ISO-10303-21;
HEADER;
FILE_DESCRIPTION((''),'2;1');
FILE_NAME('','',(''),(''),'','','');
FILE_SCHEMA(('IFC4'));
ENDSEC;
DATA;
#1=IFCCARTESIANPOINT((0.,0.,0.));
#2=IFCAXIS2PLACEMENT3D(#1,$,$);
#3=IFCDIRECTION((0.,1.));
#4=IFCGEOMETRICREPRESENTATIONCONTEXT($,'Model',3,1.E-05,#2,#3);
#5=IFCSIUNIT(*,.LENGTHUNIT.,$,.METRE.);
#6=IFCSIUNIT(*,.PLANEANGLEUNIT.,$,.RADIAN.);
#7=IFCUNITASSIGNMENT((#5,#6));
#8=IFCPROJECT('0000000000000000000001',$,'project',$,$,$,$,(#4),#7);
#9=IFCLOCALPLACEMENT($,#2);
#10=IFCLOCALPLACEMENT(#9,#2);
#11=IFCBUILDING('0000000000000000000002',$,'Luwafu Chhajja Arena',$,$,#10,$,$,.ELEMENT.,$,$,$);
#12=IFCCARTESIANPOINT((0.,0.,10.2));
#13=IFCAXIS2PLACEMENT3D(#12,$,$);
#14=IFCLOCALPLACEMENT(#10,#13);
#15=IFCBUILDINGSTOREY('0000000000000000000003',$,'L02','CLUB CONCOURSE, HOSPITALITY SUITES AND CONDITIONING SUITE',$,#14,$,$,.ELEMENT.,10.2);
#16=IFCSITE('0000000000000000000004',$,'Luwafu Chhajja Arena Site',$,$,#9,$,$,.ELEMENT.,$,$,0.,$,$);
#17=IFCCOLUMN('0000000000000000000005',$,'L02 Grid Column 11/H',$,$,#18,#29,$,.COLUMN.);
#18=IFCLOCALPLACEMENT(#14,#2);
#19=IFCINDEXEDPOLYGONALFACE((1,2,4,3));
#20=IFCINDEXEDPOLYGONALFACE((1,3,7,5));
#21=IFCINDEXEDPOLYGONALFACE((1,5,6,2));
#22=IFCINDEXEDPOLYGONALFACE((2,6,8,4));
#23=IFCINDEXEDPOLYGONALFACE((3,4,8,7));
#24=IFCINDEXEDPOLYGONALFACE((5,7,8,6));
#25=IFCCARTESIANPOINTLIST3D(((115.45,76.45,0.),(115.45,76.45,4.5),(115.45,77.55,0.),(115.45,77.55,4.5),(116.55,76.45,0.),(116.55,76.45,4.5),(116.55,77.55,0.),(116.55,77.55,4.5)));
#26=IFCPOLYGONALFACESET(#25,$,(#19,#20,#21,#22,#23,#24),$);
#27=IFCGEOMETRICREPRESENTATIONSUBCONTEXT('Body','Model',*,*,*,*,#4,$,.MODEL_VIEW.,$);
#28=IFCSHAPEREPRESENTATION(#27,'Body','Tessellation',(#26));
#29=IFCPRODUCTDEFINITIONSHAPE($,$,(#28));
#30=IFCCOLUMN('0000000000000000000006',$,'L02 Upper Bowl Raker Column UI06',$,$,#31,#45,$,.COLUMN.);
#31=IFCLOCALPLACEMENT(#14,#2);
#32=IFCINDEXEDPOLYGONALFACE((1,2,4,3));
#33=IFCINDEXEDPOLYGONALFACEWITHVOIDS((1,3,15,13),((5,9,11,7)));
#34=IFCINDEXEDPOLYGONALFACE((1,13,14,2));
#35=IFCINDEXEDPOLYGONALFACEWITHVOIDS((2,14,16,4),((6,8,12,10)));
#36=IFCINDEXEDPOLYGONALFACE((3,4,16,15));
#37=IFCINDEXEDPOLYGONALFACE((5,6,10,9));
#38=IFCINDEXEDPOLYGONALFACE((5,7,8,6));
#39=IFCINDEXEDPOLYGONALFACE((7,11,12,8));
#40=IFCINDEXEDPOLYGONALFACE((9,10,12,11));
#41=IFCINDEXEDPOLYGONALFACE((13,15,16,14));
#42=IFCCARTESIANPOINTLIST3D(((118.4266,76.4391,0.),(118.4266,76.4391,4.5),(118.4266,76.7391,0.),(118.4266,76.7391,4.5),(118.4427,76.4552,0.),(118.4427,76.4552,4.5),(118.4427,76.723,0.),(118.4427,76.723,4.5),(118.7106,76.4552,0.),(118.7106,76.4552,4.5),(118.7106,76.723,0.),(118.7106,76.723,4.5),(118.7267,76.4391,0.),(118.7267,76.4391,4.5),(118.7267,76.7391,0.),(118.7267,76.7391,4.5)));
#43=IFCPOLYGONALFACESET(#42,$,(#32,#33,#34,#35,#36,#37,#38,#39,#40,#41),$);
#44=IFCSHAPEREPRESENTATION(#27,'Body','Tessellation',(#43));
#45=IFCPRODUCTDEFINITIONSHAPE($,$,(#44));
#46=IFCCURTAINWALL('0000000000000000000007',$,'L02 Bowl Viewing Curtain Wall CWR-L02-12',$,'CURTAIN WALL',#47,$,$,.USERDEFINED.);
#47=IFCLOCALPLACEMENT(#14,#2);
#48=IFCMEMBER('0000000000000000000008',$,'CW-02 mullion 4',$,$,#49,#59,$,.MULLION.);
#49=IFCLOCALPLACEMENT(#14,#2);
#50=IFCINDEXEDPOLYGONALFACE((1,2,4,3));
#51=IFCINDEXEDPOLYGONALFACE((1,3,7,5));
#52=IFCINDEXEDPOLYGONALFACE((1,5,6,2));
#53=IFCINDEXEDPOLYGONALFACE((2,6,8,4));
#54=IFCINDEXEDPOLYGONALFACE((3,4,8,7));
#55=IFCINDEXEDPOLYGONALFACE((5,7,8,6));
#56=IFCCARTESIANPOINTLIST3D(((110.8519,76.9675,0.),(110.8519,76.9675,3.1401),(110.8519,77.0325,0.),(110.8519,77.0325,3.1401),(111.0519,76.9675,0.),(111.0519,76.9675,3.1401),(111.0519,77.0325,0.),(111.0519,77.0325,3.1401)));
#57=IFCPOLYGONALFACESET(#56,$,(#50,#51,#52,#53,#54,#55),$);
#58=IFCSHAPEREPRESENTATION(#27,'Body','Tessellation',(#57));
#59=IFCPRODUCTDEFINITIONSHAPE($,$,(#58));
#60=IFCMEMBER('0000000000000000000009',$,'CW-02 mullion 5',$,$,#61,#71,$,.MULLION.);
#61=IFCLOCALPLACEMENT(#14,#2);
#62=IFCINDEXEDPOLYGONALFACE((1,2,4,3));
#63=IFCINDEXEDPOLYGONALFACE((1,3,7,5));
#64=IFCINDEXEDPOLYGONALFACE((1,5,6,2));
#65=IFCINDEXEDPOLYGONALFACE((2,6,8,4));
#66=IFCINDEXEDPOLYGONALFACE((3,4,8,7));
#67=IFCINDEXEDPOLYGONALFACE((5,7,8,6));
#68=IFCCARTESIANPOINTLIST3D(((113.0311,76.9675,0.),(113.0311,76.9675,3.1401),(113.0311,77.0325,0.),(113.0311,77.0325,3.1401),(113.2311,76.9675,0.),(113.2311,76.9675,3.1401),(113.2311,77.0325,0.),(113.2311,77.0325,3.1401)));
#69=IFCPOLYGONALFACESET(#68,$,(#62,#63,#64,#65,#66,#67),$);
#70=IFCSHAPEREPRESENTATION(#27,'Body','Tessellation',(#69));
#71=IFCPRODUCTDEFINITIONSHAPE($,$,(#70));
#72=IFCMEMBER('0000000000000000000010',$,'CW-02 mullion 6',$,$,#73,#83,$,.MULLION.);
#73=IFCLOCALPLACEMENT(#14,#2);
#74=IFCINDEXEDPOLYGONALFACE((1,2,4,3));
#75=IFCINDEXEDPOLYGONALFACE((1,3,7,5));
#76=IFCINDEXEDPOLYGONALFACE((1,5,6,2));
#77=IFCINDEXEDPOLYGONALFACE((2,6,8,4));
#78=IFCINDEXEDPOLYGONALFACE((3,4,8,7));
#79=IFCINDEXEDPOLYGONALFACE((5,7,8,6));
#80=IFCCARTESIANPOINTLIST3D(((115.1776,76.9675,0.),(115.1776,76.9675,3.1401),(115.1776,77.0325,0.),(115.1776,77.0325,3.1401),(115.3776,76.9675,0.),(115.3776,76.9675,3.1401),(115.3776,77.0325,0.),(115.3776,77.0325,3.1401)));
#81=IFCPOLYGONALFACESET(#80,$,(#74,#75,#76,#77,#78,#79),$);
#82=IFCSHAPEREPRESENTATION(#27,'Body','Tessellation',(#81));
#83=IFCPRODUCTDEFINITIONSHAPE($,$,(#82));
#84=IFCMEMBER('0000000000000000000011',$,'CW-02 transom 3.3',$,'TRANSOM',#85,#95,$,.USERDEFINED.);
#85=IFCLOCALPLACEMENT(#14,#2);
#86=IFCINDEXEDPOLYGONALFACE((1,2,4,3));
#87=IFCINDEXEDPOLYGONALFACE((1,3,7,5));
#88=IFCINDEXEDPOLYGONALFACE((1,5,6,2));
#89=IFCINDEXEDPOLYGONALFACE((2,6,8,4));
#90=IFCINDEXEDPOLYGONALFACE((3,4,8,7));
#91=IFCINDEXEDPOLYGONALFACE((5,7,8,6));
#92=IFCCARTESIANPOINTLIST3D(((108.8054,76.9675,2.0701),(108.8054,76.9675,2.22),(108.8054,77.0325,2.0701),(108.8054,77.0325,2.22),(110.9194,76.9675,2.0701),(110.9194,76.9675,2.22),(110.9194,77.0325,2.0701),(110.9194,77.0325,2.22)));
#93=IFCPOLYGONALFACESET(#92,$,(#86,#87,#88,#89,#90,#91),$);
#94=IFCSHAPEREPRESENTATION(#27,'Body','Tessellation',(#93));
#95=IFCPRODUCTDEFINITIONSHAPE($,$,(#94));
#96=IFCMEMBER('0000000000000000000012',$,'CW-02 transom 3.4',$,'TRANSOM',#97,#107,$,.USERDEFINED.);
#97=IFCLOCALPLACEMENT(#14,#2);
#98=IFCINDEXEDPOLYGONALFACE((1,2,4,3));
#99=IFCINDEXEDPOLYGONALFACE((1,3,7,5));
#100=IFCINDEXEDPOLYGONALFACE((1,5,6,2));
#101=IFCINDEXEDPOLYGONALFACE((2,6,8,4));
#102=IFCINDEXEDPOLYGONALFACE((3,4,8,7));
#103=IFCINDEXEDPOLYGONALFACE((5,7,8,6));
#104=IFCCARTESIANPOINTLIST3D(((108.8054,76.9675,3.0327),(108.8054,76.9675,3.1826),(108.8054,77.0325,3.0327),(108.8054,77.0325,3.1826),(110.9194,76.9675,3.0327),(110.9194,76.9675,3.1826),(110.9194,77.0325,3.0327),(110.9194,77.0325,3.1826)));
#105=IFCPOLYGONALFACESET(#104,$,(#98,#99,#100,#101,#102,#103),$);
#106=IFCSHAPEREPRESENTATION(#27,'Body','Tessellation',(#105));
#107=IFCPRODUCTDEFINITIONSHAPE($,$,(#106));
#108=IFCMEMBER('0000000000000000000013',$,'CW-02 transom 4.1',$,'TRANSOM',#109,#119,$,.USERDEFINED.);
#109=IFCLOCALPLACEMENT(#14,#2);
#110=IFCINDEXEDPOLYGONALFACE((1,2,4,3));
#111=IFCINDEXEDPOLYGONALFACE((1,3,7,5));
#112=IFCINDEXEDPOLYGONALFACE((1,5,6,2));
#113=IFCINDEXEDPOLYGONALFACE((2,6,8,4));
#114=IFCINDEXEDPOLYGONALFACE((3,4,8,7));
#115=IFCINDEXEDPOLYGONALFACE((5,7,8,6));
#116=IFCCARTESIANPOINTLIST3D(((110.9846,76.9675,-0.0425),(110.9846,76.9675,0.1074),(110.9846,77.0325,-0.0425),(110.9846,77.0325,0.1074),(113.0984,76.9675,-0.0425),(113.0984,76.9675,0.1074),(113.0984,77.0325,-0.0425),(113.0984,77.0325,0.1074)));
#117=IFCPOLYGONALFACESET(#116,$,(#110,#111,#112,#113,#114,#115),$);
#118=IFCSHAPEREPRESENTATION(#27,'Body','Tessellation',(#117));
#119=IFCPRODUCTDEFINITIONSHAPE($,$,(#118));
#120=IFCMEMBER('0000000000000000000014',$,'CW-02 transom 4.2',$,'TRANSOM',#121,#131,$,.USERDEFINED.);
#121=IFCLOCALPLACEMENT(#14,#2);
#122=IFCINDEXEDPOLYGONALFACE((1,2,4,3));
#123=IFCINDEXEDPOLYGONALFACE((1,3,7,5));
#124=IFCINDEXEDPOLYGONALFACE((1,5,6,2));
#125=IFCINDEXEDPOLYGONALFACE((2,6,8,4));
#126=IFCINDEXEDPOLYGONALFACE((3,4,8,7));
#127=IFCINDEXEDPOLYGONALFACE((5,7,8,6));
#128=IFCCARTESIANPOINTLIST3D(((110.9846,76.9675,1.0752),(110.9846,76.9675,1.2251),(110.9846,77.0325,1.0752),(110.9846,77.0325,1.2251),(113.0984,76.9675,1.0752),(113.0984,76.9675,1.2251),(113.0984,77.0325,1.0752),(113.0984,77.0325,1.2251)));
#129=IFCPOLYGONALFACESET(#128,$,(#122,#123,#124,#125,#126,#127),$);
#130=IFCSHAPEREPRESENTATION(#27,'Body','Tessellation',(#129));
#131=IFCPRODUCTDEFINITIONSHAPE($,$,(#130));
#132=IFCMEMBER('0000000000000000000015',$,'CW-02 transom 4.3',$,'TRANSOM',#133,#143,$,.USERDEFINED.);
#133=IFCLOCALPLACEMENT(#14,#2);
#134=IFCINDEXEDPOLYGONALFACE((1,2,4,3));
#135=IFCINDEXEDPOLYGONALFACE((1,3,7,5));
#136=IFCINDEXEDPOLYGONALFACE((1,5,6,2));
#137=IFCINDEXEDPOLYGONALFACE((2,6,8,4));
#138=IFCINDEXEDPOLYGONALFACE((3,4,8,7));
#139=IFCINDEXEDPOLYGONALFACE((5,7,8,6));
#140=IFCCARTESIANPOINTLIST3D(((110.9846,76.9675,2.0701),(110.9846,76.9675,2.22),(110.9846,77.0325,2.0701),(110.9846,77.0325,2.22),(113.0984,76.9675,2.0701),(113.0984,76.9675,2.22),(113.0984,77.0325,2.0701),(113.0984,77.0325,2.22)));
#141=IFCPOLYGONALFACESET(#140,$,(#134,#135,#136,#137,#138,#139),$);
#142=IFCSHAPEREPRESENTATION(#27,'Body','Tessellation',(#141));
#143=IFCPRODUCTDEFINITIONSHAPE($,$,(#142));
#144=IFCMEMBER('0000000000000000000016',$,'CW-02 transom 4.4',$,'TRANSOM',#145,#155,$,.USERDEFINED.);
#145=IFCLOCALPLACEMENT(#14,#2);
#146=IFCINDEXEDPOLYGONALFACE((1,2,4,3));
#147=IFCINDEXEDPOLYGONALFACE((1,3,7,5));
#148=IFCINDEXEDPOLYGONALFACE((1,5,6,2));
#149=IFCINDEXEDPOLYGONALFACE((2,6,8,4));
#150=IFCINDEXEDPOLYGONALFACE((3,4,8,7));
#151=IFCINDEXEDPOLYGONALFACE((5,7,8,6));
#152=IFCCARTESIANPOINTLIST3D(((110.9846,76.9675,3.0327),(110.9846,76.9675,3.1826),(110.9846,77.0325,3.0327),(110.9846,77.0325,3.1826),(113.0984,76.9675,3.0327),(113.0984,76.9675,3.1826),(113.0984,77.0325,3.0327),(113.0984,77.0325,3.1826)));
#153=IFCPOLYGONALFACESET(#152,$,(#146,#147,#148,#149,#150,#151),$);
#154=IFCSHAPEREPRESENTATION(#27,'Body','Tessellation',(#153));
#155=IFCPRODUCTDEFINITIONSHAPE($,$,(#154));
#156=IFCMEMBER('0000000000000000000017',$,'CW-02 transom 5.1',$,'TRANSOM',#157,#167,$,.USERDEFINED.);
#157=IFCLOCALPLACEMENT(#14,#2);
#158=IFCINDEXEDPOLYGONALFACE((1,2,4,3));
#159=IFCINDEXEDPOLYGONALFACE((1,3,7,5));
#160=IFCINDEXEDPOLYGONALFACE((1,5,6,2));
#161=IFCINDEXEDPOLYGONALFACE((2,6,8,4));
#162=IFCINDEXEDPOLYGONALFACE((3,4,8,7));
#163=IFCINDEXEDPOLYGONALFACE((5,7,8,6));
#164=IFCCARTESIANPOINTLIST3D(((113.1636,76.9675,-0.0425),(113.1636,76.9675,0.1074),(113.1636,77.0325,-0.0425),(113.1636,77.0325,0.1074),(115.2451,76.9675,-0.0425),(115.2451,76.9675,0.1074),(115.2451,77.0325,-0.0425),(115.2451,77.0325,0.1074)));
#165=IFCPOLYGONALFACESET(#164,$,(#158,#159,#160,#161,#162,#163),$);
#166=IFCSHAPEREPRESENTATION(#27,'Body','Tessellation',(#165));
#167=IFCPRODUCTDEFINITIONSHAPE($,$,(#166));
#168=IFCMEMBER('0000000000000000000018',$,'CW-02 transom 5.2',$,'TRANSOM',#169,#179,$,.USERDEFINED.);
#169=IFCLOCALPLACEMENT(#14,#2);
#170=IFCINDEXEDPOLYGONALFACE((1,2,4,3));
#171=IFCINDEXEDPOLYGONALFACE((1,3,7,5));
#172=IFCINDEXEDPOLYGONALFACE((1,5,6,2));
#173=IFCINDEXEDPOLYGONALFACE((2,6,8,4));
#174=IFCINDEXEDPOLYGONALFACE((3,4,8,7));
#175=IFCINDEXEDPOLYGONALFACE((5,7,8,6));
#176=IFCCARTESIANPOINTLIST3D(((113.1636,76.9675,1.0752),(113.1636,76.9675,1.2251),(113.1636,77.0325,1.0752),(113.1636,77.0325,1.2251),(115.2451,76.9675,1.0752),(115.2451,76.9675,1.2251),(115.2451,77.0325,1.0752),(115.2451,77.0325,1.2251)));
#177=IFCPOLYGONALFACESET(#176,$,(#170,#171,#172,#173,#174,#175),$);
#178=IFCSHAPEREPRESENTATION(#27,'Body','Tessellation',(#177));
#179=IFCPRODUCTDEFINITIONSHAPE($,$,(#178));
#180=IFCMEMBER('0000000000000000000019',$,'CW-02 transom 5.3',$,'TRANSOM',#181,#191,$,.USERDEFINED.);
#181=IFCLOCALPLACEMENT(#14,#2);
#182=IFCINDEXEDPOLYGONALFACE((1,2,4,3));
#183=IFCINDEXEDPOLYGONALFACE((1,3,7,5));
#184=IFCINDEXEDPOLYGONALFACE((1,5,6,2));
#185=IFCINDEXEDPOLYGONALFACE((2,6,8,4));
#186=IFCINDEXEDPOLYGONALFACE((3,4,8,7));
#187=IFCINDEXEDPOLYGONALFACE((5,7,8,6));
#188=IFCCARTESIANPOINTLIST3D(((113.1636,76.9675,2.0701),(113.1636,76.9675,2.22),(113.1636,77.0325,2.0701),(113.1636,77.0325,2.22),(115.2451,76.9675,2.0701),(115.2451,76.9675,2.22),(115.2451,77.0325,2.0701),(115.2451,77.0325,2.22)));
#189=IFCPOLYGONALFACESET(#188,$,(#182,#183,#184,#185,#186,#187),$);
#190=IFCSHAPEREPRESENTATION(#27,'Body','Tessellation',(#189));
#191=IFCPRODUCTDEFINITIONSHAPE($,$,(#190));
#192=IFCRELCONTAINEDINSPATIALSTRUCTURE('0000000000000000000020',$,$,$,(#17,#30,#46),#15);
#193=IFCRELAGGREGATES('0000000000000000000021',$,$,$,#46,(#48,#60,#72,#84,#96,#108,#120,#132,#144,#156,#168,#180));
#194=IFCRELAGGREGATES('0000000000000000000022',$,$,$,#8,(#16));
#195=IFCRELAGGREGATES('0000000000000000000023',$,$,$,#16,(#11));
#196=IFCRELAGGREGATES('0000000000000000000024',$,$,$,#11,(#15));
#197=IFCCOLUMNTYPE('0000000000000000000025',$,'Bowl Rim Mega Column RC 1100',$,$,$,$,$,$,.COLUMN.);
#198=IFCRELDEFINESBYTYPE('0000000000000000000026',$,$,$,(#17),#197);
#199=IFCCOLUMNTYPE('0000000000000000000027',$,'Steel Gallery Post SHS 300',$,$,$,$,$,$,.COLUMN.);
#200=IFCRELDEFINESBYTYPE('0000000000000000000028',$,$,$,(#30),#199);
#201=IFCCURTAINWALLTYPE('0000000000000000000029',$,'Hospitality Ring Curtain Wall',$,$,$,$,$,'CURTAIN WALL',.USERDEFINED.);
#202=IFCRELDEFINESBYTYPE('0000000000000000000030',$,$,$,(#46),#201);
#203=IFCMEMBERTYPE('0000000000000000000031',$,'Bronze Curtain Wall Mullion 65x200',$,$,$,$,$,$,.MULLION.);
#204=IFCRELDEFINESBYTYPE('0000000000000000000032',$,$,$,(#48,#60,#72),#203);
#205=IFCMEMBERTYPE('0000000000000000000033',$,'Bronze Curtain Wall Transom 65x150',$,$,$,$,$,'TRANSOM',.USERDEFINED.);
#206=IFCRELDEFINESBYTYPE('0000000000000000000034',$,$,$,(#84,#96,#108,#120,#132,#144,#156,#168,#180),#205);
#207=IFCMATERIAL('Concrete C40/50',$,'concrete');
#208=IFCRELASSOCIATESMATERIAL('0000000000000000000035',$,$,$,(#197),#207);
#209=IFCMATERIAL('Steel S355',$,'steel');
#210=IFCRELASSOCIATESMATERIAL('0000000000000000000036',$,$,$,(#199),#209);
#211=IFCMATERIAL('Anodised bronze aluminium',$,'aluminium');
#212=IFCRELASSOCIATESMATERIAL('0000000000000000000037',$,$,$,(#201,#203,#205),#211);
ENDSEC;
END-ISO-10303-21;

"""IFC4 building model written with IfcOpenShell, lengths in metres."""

from ifc_helpers import new_model, si_unit, direction, frame, origin, origin_2d, place, context, subcontext, project, spatial, rectangle, hollow_rectangle, extrude, material, material_profile, profile_set, type_object, element, aggregate, save


model = new_model("IFC4")

# Units and contexts
model_context = context("Model", 3, precision=1e-05, world=origin(), true_north=direction((0.0, 1.0)))
body_context = subcontext(model_context, "Body", "Model", "MODEL_VIEW")
ifc_project = project(units=[si_unit("LENGTHUNIT", "METRE"), si_unit("PLANEANGLEUNIT", "RADIAN")], contexts=[model_context])

# Site, building, storey
site_placement = place(None, origin())
site = spatial("IfcSite", under=ifc_project, at=site_placement, Name="Luwafu Chhajja Arena Site", CompositionType="ELEMENT", RefElevation=0.0)
building_placement = place(site_placement, origin())
building = spatial("IfcBuilding", under=site, at=building_placement, Name="Luwafu Chhajja Arena", CompositionType="ELEMENT")
storey_placement = place(building_placement, frame((0.0, 0.0, 10.2)))
storey = spatial("IfcBuildingStorey", under=building, at=storey_placement, Name="L02", Description="CLUB CONCOURSE, HOSPITALITY SUITES AND CONDITIONING SUITE", CompositionType="ELEMENT", Elevation=10.2)

# Columns
ifc_material_1 = material(Name="Concrete C40/50", Category="concrete")
ifc_material_profile_1 = material_profile(ifc_material_1, rectangle(XDim=1.1001, YDim=1.1001, at=origin_2d()), Name="RC 1100x1100")
ifc_profile_set_1 = profile_set([ifc_material_profile_1], Name="Concrete C40/50")
column_type_1 = type_object("IfcColumnType", Name="Bowl Rim Mega Column RC 1100", PredefinedType="COLUMN", material=ifc_profile_set_1)
column_1_placement = place(storey_placement, frame((116.0, 77.0, 0.0), z_axis=(0.0, 0.0, 1.0), x_axis=(1.0, 0.0, 0.0)))
element("IfcColumn", 1, at=column_1_placement, inside=storey, type_object=column_type_1, Name="L02 Grid Column 11/H", PredefinedType="COLUMN", context=body_context, shape_type="SweptSolid", body=[
    extrude(rectangle(XDim=1.1001, YDim=1.1001, at=origin_2d()), origin(), (0.0, 0.0, 1.0), 4.5),
])
ifc_material_2 = material(Name="Steel S355", Category="steel")
ifc_material_profile_2 = material_profile(ifc_material_2, hollow_rectangle(XDim=0.3, YDim=0.3, WallThickness=0.0161, at=origin_2d()), Name="SHS 300x300x16")
ifc_profile_set_2 = profile_set([ifc_material_profile_2], Name="Steel S355")
column_type_2 = type_object("IfcColumnType", Name="Steel Gallery Post SHS 300", PredefinedType="COLUMN", material=ifc_profile_set_2)
column_2_placement = place(storey_placement, frame((118.5767, 76.5891, 0.0), z_axis=(0.0, 0.0, 1.0), x_axis=(1.0, 0.0, 0.0)))
element("IfcColumn", 2, at=column_2_placement, inside=storey, type_object=column_type_2, Name="L02 Upper Bowl Raker Column UI06", PredefinedType="COLUMN", context=body_context, shape_type="SweptSolid", body=[
    extrude(hollow_rectangle(XDim=0.3, YDim=0.3, WallThickness=0.0161, at=origin_2d()), origin(), (0.0, 0.0, 1.0), 4.5),
])

# Curtain wall, members
ifc_material_3 = material(Name="Anodised bronze aluminium", Category="aluminium")
curtain_wall_type = type_object("IfcCurtainWallType", Name="Hospitality Ring Curtain Wall", ElementType="CURTAIN WALL", PredefinedType="USERDEFINED", material=ifc_material_3)
curtain_wall_placement = place(storey_placement, origin())
curtain_wall = element("IfcCurtainWall", 3, at=curtain_wall_placement, inside=storey, type_object=curtain_wall_type, Name="L02 Bowl Viewing Curtain Wall CWR-L02-12", ObjectType="CURTAIN WALL", PredefinedType="USERDEFINED")
ifc_material_profile_3 = material_profile(ifc_material_3, rectangle(XDim=0.0649, YDim=0.2, at=origin_2d()), Name="CWM 65x200")
ifc_profile_set_3 = profile_set([ifc_material_profile_3], Name="Anodised bronze aluminium")
member_type_1 = type_object("IfcMemberType", Name="Bronze Curtain Wall Mullion 65x200", PredefinedType="MULLION", material=ifc_profile_set_3)
member_1_placement = place(storey_placement, frame((110.9519, 77.0, 0.0), z_axis=(0.0, 0.0, 1.0), x_axis=(0.0, 1.0, 0.0)))
member_1 = element("IfcMember", 4, at=member_1_placement, type_object=member_type_1, Name="CW-02 mullion 4", PredefinedType="MULLION", context=body_context, shape_type="SweptSolid", body=[
    extrude(rectangle(XDim=0.0649, YDim=0.2, at=origin_2d()), origin(), (0.0, 0.0, 1.0), 3.1401),
])
member_2_placement = place(storey_placement, frame((113.1311, 77.0, 0.0), z_axis=(0.0, 0.0, 1.0), x_axis=(0.0, 1.0, 0.0)))
member_2 = element("IfcMember", 5, at=member_2_placement, type_object=member_type_1, Name="CW-02 mullion 5", PredefinedType="MULLION", context=body_context, shape_type="SweptSolid", body=[
    extrude(rectangle(XDim=0.0649, YDim=0.2, at=origin_2d()), origin(), (0.0, 0.0, 1.0), 3.1401),
])
member_3_placement = place(storey_placement, frame((115.2776, 77.0, 0.0), z_axis=(0.0, 0.0, 1.0), x_axis=(0.0, 1.0, 0.0)))
member_3 = element("IfcMember", 6, at=member_3_placement, type_object=member_type_1, Name="CW-02 mullion 6", PredefinedType="MULLION", context=body_context, shape_type="SweptSolid", body=[
    extrude(rectangle(XDim=0.0649, YDim=0.2, at=origin_2d()), origin(), (0.0, 0.0, 1.0), 3.1401),
])
ifc_material_profile_4 = material_profile(ifc_material_3, rectangle(XDim=0.0649, YDim=0.1499, at=origin_2d()), Name="CWT 65x150")
ifc_profile_set_4 = profile_set([ifc_material_profile_4], Name="Anodised bronze aluminium")
member_type_2 = type_object("IfcMemberType", Name="Bronze Curtain Wall Transom 65x150", ElementType="TRANSOM", PredefinedType="USERDEFINED", material=ifc_profile_set_4)
member_4_placement = place(storey_placement, frame((108.8054, 77.0, 2.145), z_axis=(1.0, 0.0, 0.0), x_axis=(0.0, 1.0, 0.0)))
member_4 = element("IfcMember", 7, at=member_4_placement, type_object=member_type_2, Name="CW-02 transom 3.3", ObjectType="TRANSOM", PredefinedType="USERDEFINED", context=body_context, shape_type="SweptSolid", body=[
    extrude(rectangle(XDim=0.0649, YDim=0.1499, at=origin_2d()), origin(), (0.0, 0.0, 1.0), 2.114),
])
member_5_placement = place(storey_placement, frame((108.8054, 77.0, 3.1077), z_axis=(1.0, 0.0, 0.0), x_axis=(0.0, 1.0, 0.0)))
member_5 = element("IfcMember", 8, at=member_5_placement, type_object=member_type_2, Name="CW-02 transom 3.4", ObjectType="TRANSOM", PredefinedType="USERDEFINED", context=body_context, shape_type="SweptSolid", body=[
    extrude(rectangle(XDim=0.0649, YDim=0.1499, at=origin_2d()), origin(), (0.0, 0.0, 1.0), 2.114),
])
member_6_placement = place(storey_placement, frame((110.9846, 77.0, 0.0325), z_axis=(1.0, 0.0, 0.0), x_axis=(0.0, 1.0, 0.0)))
member_6 = element("IfcMember", 9, at=member_6_placement, type_object=member_type_2, Name="CW-02 transom 4.1", ObjectType="TRANSOM", PredefinedType="USERDEFINED", context=body_context, shape_type="SweptSolid", body=[
    extrude(rectangle(XDim=0.0649, YDim=0.1499, at=origin_2d()), origin(), (0.0, 0.0, 1.0), 2.1138),
])
member_7_placement = place(storey_placement, frame((110.9846, 77.0, 1.1501), z_axis=(1.0, 0.0, 0.0), x_axis=(0.0, 1.0, 0.0)))
member_7 = element("IfcMember", 10, at=member_7_placement, type_object=member_type_2, Name="CW-02 transom 4.2", ObjectType="TRANSOM", PredefinedType="USERDEFINED", context=body_context, shape_type="SweptSolid", body=[
    extrude(rectangle(XDim=0.0649, YDim=0.1499, at=origin_2d()), origin(), (0.0, 0.0, 1.0), 2.1138),
])
member_8_placement = place(storey_placement, frame((110.9846, 77.0, 2.145), z_axis=(1.0, 0.0, 0.0), x_axis=(0.0, 1.0, 0.0)))
member_8 = element("IfcMember", 11, at=member_8_placement, type_object=member_type_2, Name="CW-02 transom 4.3", ObjectType="TRANSOM", PredefinedType="USERDEFINED", context=body_context, shape_type="SweptSolid", body=[
    extrude(rectangle(XDim=0.0649, YDim=0.1499, at=origin_2d()), origin(), (0.0, 0.0, 1.0), 2.1138),
])
member_9_placement = place(storey_placement, frame((110.9846, 77.0, 3.1077), z_axis=(1.0, 0.0, 0.0), x_axis=(0.0, 1.0, 0.0)))
member_9 = element("IfcMember", 12, at=member_9_placement, type_object=member_type_2, Name="CW-02 transom 4.4", ObjectType="TRANSOM", PredefinedType="USERDEFINED", context=body_context, shape_type="SweptSolid", body=[
    extrude(rectangle(XDim=0.0649, YDim=0.1499, at=origin_2d()), origin(), (0.0, 0.0, 1.0), 2.1138),
])
member_10_placement = place(storey_placement, frame((113.1636, 77.0, 0.0325), z_axis=(1.0, 0.0, 0.0), x_axis=(0.0, 1.0, 0.0)))
member_10 = element("IfcMember", 13, at=member_10_placement, type_object=member_type_2, Name="CW-02 transom 5.1", ObjectType="TRANSOM", PredefinedType="USERDEFINED", context=body_context, shape_type="SweptSolid", body=[
    extrude(rectangle(XDim=0.0649, YDim=0.1499, at=origin_2d()), origin(), (0.0, 0.0, 1.0), 2.0815),
])
member_11_placement = place(storey_placement, frame((113.1636, 77.0, 1.1501), z_axis=(1.0, 0.0, 0.0), x_axis=(0.0, 1.0, 0.0)))
member_11 = element("IfcMember", 14, at=member_11_placement, type_object=member_type_2, Name="CW-02 transom 5.2", ObjectType="TRANSOM", PredefinedType="USERDEFINED", context=body_context, shape_type="SweptSolid", body=[
    extrude(rectangle(XDim=0.0649, YDim=0.1499, at=origin_2d()), origin(), (0.0, 0.0, 1.0), 2.0815),
])
member_12_placement = place(storey_placement, frame((113.1636, 77.0, 2.145), z_axis=(1.0, 0.0, 0.0), x_axis=(0.0, 1.0, 0.0)))
member_12 = element("IfcMember", 15, at=member_12_placement, type_object=member_type_2, Name="CW-02 transom 5.3", ObjectType="TRANSOM", PredefinedType="USERDEFINED", context=body_context, shape_type="SweptSolid", body=[
    extrude(rectangle(XDim=0.0649, YDim=0.1499, at=origin_2d()), origin(), (0.0, 0.0, 1.0), 2.0815),
])

aggregate(curtain_wall, [member_1, member_2, member_3, member_4, member_5, member_6, member_7, member_8, member_9, member_10, member_11, member_12])

save(model, "model.ifc")
